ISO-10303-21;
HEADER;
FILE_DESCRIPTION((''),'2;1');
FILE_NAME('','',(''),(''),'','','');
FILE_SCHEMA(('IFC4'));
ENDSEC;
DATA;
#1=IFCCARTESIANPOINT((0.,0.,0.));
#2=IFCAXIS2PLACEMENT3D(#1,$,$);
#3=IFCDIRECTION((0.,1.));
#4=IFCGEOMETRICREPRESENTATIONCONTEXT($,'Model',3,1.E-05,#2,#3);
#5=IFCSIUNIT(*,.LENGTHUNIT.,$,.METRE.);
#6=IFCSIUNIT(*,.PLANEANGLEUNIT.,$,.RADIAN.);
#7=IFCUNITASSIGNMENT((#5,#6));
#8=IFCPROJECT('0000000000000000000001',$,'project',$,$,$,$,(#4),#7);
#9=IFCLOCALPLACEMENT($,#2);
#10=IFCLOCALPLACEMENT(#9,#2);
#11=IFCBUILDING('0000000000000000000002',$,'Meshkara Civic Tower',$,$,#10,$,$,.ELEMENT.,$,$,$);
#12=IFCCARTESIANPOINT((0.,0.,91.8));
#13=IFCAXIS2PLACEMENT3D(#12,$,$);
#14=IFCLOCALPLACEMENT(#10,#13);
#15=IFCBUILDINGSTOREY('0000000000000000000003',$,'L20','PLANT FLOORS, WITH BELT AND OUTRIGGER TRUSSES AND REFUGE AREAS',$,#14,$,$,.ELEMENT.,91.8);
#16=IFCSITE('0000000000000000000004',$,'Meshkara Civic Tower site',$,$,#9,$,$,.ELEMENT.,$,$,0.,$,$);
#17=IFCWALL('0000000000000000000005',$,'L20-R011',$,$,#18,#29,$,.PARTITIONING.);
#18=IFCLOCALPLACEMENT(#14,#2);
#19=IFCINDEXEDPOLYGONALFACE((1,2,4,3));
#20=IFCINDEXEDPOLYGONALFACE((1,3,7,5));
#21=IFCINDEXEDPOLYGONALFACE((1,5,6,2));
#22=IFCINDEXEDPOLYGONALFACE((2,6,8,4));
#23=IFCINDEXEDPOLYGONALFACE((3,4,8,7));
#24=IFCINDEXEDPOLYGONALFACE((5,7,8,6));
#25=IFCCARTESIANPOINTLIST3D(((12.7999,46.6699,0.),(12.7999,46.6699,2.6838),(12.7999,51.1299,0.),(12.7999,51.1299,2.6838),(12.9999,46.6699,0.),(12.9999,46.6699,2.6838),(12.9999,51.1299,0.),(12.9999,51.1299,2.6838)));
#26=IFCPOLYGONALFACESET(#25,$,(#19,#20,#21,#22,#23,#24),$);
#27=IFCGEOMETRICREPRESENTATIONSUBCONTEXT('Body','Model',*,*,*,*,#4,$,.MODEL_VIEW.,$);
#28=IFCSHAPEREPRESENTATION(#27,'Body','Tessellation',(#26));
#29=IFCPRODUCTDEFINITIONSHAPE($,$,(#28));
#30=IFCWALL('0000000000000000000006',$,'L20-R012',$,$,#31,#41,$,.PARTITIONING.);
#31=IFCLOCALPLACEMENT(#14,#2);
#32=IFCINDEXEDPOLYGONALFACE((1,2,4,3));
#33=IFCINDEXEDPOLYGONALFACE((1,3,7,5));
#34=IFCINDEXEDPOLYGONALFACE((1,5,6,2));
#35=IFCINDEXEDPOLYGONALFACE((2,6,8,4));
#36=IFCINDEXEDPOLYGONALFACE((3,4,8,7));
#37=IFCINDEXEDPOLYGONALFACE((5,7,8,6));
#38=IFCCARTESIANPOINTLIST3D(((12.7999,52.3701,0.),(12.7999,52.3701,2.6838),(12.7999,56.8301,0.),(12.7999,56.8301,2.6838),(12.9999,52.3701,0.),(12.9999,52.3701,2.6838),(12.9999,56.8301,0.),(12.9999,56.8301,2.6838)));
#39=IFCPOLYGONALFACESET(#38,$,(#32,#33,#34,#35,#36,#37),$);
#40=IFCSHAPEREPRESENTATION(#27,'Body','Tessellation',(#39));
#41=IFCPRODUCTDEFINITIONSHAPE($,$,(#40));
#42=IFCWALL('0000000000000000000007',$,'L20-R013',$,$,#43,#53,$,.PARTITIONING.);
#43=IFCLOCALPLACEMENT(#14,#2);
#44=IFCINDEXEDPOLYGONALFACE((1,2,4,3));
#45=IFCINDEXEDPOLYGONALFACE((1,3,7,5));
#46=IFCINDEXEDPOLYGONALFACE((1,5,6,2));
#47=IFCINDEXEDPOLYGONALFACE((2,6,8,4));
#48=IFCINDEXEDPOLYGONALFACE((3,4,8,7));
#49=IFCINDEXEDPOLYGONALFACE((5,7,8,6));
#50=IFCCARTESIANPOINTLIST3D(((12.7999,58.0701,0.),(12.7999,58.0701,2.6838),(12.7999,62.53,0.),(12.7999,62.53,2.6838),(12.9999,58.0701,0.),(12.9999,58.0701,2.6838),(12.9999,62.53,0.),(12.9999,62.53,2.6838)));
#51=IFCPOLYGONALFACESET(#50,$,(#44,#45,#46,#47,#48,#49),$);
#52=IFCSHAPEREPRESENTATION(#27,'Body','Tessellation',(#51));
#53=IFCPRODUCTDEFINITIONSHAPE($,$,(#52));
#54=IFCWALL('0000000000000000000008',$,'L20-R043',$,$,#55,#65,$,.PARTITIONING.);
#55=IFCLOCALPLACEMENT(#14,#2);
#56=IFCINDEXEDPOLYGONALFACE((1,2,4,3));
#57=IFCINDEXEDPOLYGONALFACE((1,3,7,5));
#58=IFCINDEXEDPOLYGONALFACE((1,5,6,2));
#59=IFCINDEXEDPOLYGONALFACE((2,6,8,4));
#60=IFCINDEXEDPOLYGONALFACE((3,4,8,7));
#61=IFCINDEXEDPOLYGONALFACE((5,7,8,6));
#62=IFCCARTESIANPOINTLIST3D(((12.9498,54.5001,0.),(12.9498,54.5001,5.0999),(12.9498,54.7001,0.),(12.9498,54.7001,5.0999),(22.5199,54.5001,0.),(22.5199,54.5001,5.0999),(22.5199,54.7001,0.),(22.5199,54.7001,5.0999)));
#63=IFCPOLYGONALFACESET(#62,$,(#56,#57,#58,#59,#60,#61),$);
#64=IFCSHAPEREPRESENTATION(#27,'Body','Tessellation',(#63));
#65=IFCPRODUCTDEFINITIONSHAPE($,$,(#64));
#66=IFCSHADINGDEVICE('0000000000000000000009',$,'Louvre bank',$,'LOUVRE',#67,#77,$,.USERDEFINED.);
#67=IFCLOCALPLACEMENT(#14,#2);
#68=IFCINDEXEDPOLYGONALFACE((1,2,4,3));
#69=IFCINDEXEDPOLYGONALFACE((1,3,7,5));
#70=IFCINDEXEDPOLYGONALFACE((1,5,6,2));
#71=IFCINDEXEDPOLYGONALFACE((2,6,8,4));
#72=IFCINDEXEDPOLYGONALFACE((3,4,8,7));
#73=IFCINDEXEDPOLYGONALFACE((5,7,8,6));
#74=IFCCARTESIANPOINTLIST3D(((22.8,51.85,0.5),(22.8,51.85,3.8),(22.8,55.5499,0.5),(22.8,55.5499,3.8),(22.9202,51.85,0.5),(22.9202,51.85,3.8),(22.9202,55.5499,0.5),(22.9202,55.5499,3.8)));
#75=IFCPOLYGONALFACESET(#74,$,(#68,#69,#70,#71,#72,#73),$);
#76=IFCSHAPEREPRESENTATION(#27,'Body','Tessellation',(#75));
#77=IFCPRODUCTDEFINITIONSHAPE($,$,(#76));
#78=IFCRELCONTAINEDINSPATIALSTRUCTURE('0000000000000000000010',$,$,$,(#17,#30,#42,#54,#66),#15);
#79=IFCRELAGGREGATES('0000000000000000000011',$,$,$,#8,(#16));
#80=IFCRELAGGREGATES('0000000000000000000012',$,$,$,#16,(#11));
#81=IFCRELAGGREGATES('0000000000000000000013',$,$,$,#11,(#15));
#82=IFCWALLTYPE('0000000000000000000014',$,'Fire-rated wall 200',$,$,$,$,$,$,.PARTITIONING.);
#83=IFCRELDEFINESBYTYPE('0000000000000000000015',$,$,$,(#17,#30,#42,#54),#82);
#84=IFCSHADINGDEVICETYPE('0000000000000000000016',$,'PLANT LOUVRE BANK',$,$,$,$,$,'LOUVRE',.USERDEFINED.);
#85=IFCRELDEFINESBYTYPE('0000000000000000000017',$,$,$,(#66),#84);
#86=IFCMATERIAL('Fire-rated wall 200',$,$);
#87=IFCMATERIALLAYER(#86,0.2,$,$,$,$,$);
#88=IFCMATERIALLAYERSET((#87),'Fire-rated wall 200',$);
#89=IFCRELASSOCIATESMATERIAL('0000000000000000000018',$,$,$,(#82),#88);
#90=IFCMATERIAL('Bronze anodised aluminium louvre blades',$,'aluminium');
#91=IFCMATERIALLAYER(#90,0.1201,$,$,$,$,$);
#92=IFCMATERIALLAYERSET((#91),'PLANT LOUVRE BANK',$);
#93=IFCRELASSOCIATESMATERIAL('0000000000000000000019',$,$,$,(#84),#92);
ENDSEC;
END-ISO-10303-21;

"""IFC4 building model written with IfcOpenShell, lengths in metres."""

from ifc_helpers import new_model, si_unit, direction, frame, frame_2d, origin, origin_2d, place, context, subcontext, project, spatial, rectangle, extrude, material, layer, layer_set, type_object, element, save


model = new_model("IFC4")

# Units and contexts
model_context = context("Model", 3, precision=1e-05, world=origin(), true_north=direction((0.0, 1.0)))
body_context = subcontext(model_context, "Body", "Model", "MODEL_VIEW")
ifc_project = project(units=[si_unit("LENGTHUNIT", "METRE"), si_unit("PLANEANGLEUNIT", "RADIAN")], contexts=[model_context])

# Site, building, storey
site_placement = place(None, origin())
site = spatial("IfcSite", under=ifc_project, at=site_placement, Name="Meshkara Civic Tower site", CompositionType="ELEMENT", RefElevation=0.0)
building_placement = place(site_placement, origin())
building = spatial("IfcBuilding", under=site, at=building_placement, Name="Meshkara Civic Tower", CompositionType="ELEMENT")
storey_placement = place(building_placement, frame((0.0, 0.0, 91.8)))
storey = spatial("IfcBuildingStorey", under=building, at=storey_placement, Name="L20", Description="PLANT FLOORS, WITH BELT AND OUTRIGGER TRUSSES AND REFUGE AREAS", CompositionType="ELEMENT", Elevation=91.8)

# Walls
ifc_material_1 = material(Name="Fire-rated wall 200")
ifc_layer_1 = layer(ifc_material_1, 0.2)
ifc_layer_set_1 = layer_set([ifc_layer_1], Name="Fire-rated wall 200")
wall_type_1 = type_object("IfcWallType", Name="Fire-rated wall 200", PredefinedType="PARTITIONING", material=ifc_layer_set_1)
for number, where, z_axis, x_axis, name in (
    (1, (12.8999, 46.6699, 0.0), (0.0, 0.0, 1.0), (0.0, 1.0, 0.0), "L20-R011"),
    (2, (12.8999, 56.8301, 0.0), (0.0, 0.0, 1.0), (0.0, -1.0, 0.0), "L20-R012"),
    (3, (12.8999, 58.0701, 0.0), (0.0, 0.0, 1.0), (0.0, 1.0, 0.0), "L20-R013"),
):
    element("IfcWall", number, at=place(storey_placement, frame(where, z_axis=z_axis, x_axis=x_axis)), inside=storey, type_object=wall_type_1, Name=name, PredefinedType="PARTITIONING", context=body_context, shape_type="SweptSolid", body=[
        extrude(rectangle(XDim=4.46, YDim=0.2, at=frame_2d((2.23, 0.0))), origin(), (0.0, 0.0, 1.0), 2.6838),
    ])
wall_1_placement = place(storey_placement, frame((22.52, 54.6001, 0.0), z_axis=(0.0, 0.0, 1.0), x_axis=(-1.0, 0.0, 0.0)))
element("IfcWall", 4, at=wall_1_placement, inside=storey, type_object=wall_type_1, Name="L20-R043", PredefinedType="PARTITIONING", context=body_context, shape_type="SweptSolid", body=[
    extrude(rectangle(XDim=9.5701, YDim=0.2, at=frame_2d((4.7852, 0.0))), origin(), (0.0, 0.0, 1.0), 5.0999),
])

# Shading device
ifc_material_2 = material(Name="Bronze anodised aluminium louvre blades", Category="aluminium")
ifc_layer_2 = layer(ifc_material_2, 0.1201)
ifc_layer_set_2 = layer_set([ifc_layer_2], Name="PLANT LOUVRE BANK")
shading_device_type = type_object("IfcShadingDeviceType", Name="PLANT LOUVRE BANK", ElementType="LOUVRE", PredefinedType="USERDEFINED", material=ifc_layer_set_2)
shading_device_placement = place(storey_placement, frame((22.8601, 53.7, 0.5), z_axis=(0.0, 0.0, 1.0), x_axis=(0.0, 1.0, 0.0)))
element("IfcShadingDevice", 5, at=shading_device_placement, inside=storey, type_object=shading_device_type, Name="Louvre bank", ObjectType="LOUVRE", PredefinedType="USERDEFINED", context=body_context, shape_type="SweptSolid", body=[
    extrude(rectangle(XDim=3.7, YDim=0.1201, at=origin_2d()), origin(), (0.0, 0.0, 1.0), 3.3),
])

save(model, "model.ifc")
